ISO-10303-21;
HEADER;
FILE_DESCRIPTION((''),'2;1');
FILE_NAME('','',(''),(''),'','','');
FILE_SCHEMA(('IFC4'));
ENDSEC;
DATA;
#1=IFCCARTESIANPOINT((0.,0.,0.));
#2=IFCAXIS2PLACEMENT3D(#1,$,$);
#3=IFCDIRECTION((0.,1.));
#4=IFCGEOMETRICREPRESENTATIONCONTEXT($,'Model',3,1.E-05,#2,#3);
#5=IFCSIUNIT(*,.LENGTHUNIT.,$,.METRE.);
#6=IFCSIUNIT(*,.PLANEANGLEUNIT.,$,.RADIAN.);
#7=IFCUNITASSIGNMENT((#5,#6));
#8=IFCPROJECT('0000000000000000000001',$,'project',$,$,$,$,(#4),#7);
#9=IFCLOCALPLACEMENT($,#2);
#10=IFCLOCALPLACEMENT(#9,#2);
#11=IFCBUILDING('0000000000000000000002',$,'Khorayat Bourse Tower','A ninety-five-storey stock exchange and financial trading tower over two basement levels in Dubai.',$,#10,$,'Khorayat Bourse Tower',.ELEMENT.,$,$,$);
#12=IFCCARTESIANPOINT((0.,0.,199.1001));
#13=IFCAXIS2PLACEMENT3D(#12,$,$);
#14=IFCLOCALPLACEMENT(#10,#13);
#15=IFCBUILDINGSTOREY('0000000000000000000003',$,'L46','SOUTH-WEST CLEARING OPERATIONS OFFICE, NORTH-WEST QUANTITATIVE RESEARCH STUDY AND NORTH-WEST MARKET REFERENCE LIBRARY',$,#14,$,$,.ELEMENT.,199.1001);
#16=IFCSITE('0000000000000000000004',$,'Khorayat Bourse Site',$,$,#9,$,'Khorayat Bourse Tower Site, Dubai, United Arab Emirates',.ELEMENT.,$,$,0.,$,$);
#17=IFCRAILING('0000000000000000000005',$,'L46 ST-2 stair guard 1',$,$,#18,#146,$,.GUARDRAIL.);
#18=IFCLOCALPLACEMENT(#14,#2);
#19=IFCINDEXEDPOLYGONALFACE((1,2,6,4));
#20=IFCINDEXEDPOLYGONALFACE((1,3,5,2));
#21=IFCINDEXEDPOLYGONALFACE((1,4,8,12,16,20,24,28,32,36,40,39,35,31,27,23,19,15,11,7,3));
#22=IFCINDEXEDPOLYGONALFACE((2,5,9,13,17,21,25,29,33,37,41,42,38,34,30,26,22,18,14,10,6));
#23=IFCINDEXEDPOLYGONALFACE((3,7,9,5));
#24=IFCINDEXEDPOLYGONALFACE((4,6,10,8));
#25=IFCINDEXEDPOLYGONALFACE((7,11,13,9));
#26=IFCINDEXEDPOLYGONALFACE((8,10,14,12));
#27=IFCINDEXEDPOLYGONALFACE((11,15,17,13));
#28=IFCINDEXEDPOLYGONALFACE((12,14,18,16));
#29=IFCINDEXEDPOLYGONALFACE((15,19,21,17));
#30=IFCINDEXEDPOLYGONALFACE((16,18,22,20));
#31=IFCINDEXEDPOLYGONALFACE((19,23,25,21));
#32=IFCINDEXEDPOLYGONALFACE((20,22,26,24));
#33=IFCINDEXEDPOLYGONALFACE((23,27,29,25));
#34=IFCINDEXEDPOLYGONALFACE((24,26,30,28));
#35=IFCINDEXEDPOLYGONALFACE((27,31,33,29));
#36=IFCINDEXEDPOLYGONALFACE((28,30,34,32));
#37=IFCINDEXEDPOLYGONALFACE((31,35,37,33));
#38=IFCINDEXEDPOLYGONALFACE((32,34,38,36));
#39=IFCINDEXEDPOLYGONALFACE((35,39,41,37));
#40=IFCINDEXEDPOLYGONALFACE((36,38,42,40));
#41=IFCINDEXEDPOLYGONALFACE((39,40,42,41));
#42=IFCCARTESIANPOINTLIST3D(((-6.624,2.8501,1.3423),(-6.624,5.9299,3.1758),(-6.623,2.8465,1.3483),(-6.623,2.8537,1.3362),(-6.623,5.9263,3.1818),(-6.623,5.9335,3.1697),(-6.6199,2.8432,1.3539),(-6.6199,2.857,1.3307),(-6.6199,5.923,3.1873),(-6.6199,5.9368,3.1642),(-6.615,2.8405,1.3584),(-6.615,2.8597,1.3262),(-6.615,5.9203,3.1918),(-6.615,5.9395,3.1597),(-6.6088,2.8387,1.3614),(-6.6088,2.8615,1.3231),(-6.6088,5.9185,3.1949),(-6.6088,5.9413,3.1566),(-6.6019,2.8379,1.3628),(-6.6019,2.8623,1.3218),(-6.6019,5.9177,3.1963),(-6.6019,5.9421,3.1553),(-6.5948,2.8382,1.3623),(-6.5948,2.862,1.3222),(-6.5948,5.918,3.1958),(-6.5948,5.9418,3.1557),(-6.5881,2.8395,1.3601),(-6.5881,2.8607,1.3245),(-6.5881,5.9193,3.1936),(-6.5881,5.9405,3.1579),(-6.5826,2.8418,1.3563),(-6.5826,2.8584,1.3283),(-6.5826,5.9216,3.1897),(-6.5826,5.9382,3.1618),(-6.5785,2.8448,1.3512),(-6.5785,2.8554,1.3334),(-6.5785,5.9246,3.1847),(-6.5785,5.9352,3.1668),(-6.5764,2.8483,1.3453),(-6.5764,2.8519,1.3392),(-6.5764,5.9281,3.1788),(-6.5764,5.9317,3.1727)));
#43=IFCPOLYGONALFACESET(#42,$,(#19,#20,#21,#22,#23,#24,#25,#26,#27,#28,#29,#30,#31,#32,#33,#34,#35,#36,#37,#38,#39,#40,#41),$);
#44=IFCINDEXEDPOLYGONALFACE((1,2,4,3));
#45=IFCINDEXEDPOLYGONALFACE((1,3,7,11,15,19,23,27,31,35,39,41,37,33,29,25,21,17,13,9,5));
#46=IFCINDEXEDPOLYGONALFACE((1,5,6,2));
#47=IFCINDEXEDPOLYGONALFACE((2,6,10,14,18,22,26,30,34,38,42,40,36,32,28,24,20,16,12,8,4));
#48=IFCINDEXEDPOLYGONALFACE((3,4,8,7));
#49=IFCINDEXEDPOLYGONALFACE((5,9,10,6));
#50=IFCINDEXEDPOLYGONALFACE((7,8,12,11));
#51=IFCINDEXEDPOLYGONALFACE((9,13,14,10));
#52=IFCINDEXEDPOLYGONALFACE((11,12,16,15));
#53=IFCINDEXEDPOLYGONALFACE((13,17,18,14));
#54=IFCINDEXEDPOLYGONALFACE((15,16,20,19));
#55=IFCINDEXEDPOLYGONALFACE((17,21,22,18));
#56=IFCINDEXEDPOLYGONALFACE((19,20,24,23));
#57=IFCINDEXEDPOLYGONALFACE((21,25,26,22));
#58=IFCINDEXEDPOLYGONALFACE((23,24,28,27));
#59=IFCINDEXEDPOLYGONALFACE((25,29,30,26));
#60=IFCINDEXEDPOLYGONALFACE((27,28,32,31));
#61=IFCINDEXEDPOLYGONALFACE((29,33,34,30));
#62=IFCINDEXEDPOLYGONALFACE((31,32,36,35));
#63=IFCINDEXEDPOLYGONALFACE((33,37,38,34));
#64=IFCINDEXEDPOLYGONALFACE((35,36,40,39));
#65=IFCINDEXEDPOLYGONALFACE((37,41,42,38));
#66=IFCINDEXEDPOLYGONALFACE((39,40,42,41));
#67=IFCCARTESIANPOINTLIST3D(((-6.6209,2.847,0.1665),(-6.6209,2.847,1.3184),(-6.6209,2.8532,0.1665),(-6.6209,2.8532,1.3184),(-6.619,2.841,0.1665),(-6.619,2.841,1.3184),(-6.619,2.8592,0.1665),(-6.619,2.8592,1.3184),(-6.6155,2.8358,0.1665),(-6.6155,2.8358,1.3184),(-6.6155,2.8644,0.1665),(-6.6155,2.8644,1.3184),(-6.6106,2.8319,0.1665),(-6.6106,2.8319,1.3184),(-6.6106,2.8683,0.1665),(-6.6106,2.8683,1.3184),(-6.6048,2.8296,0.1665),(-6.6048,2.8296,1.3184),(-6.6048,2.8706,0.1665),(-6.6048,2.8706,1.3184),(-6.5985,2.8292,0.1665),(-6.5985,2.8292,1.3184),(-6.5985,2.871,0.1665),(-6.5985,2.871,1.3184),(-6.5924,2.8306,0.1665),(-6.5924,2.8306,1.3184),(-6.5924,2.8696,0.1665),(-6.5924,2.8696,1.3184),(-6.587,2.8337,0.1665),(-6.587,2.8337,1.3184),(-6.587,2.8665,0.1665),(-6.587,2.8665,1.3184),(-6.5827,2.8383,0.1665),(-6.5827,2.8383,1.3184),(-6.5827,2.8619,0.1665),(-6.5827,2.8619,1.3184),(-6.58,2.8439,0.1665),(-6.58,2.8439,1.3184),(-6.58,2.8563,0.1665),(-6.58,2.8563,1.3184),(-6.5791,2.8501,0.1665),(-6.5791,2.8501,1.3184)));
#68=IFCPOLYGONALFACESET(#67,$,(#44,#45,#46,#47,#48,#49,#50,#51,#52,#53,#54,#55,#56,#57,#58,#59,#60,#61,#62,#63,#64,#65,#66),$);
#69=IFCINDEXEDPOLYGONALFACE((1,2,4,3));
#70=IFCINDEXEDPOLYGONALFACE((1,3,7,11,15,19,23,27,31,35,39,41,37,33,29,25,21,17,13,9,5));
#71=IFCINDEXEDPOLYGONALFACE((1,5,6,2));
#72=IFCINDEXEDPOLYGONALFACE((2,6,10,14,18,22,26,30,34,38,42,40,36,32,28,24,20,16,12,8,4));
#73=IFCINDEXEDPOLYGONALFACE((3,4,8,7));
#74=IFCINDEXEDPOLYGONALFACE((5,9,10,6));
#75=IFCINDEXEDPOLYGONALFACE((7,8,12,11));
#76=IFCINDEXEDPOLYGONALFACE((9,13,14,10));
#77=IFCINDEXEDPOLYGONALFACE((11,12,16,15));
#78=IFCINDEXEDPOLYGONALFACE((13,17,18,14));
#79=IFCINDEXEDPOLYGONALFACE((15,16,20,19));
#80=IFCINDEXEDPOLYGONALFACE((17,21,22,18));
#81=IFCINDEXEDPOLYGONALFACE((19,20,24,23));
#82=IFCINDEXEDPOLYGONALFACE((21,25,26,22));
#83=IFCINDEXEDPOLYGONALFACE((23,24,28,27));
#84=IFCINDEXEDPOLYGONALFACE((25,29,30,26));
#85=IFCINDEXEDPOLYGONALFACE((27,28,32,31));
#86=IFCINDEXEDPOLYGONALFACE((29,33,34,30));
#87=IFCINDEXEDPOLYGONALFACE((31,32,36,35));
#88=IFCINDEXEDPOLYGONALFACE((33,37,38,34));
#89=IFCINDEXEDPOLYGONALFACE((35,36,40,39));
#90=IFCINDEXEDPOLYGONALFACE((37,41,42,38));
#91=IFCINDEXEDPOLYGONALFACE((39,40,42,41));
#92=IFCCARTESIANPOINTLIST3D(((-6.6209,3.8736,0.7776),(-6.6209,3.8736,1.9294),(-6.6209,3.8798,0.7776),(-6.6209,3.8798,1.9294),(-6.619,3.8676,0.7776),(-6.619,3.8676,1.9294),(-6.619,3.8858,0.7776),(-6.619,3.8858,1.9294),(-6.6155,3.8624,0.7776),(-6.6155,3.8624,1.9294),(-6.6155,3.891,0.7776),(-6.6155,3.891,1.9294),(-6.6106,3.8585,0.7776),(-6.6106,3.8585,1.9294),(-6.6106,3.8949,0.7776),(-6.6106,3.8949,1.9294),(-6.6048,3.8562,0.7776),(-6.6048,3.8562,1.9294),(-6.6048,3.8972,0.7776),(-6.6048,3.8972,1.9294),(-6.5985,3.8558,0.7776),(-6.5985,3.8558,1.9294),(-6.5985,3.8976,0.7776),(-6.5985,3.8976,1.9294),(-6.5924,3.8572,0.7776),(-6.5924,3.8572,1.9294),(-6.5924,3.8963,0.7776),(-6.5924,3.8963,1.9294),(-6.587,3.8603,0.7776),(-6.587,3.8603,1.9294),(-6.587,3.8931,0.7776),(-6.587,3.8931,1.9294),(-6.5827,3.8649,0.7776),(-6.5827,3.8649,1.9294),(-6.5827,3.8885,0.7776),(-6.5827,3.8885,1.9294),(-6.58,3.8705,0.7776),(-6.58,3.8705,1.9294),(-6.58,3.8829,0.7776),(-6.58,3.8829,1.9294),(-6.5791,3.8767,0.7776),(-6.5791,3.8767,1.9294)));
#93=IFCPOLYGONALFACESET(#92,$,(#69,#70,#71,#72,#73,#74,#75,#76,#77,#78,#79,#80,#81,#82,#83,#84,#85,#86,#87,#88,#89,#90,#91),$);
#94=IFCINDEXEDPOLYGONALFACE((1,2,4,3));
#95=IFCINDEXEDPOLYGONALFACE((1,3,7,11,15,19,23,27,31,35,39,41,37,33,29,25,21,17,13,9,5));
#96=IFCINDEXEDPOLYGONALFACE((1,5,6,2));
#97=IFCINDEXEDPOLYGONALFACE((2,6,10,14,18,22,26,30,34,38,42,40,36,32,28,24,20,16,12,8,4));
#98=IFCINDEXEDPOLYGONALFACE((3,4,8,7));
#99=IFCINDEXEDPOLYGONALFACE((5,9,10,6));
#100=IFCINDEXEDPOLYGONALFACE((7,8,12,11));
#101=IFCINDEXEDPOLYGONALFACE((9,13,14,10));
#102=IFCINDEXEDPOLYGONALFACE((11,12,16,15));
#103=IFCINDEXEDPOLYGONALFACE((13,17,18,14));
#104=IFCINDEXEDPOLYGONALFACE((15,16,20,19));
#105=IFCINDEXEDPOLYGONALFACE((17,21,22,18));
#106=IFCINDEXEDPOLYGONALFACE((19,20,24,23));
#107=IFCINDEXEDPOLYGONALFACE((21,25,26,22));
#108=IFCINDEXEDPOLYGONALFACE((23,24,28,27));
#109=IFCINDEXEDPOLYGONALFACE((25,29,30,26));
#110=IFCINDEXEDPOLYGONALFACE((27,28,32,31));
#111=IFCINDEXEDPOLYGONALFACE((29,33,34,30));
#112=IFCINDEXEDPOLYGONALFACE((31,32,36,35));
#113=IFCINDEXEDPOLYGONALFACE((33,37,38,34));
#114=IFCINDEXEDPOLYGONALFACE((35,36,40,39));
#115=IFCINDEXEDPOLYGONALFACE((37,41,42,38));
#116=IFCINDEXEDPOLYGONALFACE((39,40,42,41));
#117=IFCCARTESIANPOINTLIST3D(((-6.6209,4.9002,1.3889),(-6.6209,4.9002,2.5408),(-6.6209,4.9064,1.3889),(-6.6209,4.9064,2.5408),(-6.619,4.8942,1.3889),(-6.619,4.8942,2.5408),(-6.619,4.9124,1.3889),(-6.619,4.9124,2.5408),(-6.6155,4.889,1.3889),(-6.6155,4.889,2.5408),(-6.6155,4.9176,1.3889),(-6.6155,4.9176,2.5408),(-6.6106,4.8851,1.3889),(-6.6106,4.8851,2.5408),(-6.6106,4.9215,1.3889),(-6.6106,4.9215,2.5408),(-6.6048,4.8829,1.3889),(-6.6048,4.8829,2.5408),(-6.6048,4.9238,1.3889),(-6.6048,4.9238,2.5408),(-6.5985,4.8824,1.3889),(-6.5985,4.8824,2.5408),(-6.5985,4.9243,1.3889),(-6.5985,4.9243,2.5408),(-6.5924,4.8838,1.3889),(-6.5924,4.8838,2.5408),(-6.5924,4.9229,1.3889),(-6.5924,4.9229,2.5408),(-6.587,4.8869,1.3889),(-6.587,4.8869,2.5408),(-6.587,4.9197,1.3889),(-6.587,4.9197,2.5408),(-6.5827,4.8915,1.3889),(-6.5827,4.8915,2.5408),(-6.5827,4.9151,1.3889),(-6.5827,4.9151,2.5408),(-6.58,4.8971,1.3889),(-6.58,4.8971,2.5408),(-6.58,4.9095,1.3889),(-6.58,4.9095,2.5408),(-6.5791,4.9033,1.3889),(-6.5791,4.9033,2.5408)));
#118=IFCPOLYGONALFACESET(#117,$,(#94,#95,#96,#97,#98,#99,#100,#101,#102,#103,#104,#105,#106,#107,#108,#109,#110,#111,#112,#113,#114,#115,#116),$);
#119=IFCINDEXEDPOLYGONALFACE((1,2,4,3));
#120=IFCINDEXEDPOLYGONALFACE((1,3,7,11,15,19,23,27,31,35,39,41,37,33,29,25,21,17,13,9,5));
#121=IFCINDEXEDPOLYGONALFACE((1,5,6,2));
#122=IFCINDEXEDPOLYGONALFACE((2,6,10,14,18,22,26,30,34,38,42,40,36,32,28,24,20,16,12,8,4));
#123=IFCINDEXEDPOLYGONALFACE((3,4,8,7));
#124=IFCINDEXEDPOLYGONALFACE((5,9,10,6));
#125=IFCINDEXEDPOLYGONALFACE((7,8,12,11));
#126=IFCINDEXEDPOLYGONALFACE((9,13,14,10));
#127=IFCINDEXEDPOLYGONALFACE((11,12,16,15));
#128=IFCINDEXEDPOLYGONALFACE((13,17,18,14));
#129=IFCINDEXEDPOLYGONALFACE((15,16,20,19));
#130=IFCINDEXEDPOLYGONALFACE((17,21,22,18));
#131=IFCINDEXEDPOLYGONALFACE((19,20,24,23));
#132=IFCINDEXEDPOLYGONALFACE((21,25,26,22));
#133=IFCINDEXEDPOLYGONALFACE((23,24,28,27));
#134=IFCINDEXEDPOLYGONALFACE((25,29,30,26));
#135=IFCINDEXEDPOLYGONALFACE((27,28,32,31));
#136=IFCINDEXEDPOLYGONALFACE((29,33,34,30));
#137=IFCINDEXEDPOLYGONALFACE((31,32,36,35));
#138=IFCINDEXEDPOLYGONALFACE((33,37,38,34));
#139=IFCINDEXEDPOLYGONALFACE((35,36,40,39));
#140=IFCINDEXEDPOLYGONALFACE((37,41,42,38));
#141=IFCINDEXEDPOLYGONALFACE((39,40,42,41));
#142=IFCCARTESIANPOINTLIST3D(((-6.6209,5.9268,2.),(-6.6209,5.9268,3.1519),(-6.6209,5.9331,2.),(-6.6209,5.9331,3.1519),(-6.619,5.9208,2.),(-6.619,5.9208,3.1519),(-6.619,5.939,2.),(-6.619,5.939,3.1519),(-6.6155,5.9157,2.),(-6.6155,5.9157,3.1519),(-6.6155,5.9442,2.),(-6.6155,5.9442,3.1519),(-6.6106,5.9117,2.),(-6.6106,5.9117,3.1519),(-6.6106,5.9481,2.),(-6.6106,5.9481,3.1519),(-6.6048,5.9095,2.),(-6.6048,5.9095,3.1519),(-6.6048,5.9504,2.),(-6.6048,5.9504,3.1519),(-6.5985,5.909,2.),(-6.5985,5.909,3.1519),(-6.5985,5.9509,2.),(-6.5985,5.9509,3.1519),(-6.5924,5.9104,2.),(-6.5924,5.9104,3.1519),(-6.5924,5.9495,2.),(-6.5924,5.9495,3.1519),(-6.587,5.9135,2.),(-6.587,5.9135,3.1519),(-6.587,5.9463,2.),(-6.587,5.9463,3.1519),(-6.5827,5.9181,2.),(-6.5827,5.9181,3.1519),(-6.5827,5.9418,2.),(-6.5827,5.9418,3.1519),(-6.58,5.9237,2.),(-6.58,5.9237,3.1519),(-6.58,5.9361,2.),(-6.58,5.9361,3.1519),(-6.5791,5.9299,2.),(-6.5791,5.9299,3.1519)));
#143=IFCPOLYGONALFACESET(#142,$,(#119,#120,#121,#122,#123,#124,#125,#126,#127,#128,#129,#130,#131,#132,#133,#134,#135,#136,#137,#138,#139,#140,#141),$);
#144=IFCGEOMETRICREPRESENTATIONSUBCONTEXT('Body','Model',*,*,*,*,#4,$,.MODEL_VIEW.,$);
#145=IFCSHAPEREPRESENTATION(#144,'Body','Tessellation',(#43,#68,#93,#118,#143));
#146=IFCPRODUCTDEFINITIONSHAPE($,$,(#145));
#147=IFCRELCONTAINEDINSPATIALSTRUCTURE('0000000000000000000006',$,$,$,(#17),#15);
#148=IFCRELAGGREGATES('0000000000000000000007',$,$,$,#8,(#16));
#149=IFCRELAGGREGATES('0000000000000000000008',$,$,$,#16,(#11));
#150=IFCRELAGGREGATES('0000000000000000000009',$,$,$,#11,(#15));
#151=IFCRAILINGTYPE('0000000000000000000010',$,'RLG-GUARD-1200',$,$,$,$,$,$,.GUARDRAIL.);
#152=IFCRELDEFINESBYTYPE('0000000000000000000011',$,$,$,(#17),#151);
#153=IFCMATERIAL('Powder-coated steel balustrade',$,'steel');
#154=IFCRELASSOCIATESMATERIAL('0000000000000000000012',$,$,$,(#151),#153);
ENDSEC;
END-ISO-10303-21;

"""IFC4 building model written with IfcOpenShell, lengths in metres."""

from ifc_helpers import new_model, si_unit, direction, frame, origin, origin_2d, place, context, subcontext, project, spatial, circle, extrude, source, transform, mapped, material, type_object, element, save


model = new_model("IFC4")

# Units and contexts
model_context = context("Model", 3, precision=1e-05, world=origin(), true_north=direction((0.0, 1.0)))
body_context = subcontext(model_context, "Body", "Model", "MODEL_VIEW")
ifc_project = project(units=[si_unit("LENGTHUNIT", "METRE"), si_unit("PLANEANGLEUNIT", "RADIAN")], contexts=[model_context])

# Site, building, storey
site_placement = place(None, origin())
site = spatial("IfcSite", under=ifc_project, at=site_placement, Name="Khorayat Bourse Site", LongName="Khorayat Bourse Tower Site, Dubai, United Arab Emirates", CompositionType="ELEMENT", RefElevation=0.0)
building_placement = place(site_placement, origin())
building = spatial("IfcBuilding", under=site, at=building_placement, Name="Khorayat Bourse Tower", Description="A ninety-five-storey stock exchange and financial trading tower over two basement levels in Dubai.", LongName="Khorayat Bourse Tower", CompositionType="ELEMENT")
storey_placement = place(building_placement, frame((0.0, 0.0, 199.1001)))
storey = spatial("IfcBuildingStorey", under=building, at=storey_placement, Name="L46", Description="SOUTH-WEST CLEARING OPERATIONS OFFICE, NORTH-WEST QUANTITATIVE RESEARCH STUDY AND NORTH-WEST MARKET REFERENCE LIBRARY", CompositionType="ELEMENT", Elevation=199.1001)

# Railing
ifc_material_1 = material(Name="Powder-coated steel balustrade", Category="steel")
railing_type_1 = type_object("IfcRailingType", Name="RLG-GUARD-1200", PredefinedType="GUARDRAIL", material=ifc_material_1)
shared_shape_1 = source(origin(), body_context, "Body", "SweptSolid", [
    extrude(circle(Radius=0.0239, at=origin_2d()), frame((0.0, 0.0, 1.1758), z_axis=(0.0, 0.859261, 0.511538), x_axis=(-1.0, 0.0, 0.0)), (0.0, 0.0, 1.0), 3.5842),
    extrude(circle(Radius=0.021, at=origin_2d()), origin(), (0.0, 0.0, 1.0), 1.1519),
    extrude(circle(Radius=0.021, at=origin_2d()), frame((0.0, 1.0266, 0.6111)), (0.0, 0.0, 1.0), 1.1519),
    extrude(circle(Radius=0.021, at=origin_2d()), frame((0.0, 2.0532, 1.2224)), (0.0, 0.0, 1.0), 1.1519),
    extrude(circle(Radius=0.021, at=origin_2d()), frame((0.0, 3.0798, 1.8335)), (0.0, 0.0, 1.0), 1.1519),
])
railing_1_placement = place(storey_placement, frame((-6.6001, 2.8501, 0.1665)))
element("IfcRailing", 1, at=railing_1_placement, inside=storey, type_object=railing_type_1, Name="L46 ST-2 stair guard 1", PredefinedType="GUARDRAIL", context=body_context, shape_type="MappedRepresentation", body=[
    mapped(shared_shape_1, transform((0.0, 0.0, 0.0), scale=1.0)),
])

save(model, "model.ifc")
